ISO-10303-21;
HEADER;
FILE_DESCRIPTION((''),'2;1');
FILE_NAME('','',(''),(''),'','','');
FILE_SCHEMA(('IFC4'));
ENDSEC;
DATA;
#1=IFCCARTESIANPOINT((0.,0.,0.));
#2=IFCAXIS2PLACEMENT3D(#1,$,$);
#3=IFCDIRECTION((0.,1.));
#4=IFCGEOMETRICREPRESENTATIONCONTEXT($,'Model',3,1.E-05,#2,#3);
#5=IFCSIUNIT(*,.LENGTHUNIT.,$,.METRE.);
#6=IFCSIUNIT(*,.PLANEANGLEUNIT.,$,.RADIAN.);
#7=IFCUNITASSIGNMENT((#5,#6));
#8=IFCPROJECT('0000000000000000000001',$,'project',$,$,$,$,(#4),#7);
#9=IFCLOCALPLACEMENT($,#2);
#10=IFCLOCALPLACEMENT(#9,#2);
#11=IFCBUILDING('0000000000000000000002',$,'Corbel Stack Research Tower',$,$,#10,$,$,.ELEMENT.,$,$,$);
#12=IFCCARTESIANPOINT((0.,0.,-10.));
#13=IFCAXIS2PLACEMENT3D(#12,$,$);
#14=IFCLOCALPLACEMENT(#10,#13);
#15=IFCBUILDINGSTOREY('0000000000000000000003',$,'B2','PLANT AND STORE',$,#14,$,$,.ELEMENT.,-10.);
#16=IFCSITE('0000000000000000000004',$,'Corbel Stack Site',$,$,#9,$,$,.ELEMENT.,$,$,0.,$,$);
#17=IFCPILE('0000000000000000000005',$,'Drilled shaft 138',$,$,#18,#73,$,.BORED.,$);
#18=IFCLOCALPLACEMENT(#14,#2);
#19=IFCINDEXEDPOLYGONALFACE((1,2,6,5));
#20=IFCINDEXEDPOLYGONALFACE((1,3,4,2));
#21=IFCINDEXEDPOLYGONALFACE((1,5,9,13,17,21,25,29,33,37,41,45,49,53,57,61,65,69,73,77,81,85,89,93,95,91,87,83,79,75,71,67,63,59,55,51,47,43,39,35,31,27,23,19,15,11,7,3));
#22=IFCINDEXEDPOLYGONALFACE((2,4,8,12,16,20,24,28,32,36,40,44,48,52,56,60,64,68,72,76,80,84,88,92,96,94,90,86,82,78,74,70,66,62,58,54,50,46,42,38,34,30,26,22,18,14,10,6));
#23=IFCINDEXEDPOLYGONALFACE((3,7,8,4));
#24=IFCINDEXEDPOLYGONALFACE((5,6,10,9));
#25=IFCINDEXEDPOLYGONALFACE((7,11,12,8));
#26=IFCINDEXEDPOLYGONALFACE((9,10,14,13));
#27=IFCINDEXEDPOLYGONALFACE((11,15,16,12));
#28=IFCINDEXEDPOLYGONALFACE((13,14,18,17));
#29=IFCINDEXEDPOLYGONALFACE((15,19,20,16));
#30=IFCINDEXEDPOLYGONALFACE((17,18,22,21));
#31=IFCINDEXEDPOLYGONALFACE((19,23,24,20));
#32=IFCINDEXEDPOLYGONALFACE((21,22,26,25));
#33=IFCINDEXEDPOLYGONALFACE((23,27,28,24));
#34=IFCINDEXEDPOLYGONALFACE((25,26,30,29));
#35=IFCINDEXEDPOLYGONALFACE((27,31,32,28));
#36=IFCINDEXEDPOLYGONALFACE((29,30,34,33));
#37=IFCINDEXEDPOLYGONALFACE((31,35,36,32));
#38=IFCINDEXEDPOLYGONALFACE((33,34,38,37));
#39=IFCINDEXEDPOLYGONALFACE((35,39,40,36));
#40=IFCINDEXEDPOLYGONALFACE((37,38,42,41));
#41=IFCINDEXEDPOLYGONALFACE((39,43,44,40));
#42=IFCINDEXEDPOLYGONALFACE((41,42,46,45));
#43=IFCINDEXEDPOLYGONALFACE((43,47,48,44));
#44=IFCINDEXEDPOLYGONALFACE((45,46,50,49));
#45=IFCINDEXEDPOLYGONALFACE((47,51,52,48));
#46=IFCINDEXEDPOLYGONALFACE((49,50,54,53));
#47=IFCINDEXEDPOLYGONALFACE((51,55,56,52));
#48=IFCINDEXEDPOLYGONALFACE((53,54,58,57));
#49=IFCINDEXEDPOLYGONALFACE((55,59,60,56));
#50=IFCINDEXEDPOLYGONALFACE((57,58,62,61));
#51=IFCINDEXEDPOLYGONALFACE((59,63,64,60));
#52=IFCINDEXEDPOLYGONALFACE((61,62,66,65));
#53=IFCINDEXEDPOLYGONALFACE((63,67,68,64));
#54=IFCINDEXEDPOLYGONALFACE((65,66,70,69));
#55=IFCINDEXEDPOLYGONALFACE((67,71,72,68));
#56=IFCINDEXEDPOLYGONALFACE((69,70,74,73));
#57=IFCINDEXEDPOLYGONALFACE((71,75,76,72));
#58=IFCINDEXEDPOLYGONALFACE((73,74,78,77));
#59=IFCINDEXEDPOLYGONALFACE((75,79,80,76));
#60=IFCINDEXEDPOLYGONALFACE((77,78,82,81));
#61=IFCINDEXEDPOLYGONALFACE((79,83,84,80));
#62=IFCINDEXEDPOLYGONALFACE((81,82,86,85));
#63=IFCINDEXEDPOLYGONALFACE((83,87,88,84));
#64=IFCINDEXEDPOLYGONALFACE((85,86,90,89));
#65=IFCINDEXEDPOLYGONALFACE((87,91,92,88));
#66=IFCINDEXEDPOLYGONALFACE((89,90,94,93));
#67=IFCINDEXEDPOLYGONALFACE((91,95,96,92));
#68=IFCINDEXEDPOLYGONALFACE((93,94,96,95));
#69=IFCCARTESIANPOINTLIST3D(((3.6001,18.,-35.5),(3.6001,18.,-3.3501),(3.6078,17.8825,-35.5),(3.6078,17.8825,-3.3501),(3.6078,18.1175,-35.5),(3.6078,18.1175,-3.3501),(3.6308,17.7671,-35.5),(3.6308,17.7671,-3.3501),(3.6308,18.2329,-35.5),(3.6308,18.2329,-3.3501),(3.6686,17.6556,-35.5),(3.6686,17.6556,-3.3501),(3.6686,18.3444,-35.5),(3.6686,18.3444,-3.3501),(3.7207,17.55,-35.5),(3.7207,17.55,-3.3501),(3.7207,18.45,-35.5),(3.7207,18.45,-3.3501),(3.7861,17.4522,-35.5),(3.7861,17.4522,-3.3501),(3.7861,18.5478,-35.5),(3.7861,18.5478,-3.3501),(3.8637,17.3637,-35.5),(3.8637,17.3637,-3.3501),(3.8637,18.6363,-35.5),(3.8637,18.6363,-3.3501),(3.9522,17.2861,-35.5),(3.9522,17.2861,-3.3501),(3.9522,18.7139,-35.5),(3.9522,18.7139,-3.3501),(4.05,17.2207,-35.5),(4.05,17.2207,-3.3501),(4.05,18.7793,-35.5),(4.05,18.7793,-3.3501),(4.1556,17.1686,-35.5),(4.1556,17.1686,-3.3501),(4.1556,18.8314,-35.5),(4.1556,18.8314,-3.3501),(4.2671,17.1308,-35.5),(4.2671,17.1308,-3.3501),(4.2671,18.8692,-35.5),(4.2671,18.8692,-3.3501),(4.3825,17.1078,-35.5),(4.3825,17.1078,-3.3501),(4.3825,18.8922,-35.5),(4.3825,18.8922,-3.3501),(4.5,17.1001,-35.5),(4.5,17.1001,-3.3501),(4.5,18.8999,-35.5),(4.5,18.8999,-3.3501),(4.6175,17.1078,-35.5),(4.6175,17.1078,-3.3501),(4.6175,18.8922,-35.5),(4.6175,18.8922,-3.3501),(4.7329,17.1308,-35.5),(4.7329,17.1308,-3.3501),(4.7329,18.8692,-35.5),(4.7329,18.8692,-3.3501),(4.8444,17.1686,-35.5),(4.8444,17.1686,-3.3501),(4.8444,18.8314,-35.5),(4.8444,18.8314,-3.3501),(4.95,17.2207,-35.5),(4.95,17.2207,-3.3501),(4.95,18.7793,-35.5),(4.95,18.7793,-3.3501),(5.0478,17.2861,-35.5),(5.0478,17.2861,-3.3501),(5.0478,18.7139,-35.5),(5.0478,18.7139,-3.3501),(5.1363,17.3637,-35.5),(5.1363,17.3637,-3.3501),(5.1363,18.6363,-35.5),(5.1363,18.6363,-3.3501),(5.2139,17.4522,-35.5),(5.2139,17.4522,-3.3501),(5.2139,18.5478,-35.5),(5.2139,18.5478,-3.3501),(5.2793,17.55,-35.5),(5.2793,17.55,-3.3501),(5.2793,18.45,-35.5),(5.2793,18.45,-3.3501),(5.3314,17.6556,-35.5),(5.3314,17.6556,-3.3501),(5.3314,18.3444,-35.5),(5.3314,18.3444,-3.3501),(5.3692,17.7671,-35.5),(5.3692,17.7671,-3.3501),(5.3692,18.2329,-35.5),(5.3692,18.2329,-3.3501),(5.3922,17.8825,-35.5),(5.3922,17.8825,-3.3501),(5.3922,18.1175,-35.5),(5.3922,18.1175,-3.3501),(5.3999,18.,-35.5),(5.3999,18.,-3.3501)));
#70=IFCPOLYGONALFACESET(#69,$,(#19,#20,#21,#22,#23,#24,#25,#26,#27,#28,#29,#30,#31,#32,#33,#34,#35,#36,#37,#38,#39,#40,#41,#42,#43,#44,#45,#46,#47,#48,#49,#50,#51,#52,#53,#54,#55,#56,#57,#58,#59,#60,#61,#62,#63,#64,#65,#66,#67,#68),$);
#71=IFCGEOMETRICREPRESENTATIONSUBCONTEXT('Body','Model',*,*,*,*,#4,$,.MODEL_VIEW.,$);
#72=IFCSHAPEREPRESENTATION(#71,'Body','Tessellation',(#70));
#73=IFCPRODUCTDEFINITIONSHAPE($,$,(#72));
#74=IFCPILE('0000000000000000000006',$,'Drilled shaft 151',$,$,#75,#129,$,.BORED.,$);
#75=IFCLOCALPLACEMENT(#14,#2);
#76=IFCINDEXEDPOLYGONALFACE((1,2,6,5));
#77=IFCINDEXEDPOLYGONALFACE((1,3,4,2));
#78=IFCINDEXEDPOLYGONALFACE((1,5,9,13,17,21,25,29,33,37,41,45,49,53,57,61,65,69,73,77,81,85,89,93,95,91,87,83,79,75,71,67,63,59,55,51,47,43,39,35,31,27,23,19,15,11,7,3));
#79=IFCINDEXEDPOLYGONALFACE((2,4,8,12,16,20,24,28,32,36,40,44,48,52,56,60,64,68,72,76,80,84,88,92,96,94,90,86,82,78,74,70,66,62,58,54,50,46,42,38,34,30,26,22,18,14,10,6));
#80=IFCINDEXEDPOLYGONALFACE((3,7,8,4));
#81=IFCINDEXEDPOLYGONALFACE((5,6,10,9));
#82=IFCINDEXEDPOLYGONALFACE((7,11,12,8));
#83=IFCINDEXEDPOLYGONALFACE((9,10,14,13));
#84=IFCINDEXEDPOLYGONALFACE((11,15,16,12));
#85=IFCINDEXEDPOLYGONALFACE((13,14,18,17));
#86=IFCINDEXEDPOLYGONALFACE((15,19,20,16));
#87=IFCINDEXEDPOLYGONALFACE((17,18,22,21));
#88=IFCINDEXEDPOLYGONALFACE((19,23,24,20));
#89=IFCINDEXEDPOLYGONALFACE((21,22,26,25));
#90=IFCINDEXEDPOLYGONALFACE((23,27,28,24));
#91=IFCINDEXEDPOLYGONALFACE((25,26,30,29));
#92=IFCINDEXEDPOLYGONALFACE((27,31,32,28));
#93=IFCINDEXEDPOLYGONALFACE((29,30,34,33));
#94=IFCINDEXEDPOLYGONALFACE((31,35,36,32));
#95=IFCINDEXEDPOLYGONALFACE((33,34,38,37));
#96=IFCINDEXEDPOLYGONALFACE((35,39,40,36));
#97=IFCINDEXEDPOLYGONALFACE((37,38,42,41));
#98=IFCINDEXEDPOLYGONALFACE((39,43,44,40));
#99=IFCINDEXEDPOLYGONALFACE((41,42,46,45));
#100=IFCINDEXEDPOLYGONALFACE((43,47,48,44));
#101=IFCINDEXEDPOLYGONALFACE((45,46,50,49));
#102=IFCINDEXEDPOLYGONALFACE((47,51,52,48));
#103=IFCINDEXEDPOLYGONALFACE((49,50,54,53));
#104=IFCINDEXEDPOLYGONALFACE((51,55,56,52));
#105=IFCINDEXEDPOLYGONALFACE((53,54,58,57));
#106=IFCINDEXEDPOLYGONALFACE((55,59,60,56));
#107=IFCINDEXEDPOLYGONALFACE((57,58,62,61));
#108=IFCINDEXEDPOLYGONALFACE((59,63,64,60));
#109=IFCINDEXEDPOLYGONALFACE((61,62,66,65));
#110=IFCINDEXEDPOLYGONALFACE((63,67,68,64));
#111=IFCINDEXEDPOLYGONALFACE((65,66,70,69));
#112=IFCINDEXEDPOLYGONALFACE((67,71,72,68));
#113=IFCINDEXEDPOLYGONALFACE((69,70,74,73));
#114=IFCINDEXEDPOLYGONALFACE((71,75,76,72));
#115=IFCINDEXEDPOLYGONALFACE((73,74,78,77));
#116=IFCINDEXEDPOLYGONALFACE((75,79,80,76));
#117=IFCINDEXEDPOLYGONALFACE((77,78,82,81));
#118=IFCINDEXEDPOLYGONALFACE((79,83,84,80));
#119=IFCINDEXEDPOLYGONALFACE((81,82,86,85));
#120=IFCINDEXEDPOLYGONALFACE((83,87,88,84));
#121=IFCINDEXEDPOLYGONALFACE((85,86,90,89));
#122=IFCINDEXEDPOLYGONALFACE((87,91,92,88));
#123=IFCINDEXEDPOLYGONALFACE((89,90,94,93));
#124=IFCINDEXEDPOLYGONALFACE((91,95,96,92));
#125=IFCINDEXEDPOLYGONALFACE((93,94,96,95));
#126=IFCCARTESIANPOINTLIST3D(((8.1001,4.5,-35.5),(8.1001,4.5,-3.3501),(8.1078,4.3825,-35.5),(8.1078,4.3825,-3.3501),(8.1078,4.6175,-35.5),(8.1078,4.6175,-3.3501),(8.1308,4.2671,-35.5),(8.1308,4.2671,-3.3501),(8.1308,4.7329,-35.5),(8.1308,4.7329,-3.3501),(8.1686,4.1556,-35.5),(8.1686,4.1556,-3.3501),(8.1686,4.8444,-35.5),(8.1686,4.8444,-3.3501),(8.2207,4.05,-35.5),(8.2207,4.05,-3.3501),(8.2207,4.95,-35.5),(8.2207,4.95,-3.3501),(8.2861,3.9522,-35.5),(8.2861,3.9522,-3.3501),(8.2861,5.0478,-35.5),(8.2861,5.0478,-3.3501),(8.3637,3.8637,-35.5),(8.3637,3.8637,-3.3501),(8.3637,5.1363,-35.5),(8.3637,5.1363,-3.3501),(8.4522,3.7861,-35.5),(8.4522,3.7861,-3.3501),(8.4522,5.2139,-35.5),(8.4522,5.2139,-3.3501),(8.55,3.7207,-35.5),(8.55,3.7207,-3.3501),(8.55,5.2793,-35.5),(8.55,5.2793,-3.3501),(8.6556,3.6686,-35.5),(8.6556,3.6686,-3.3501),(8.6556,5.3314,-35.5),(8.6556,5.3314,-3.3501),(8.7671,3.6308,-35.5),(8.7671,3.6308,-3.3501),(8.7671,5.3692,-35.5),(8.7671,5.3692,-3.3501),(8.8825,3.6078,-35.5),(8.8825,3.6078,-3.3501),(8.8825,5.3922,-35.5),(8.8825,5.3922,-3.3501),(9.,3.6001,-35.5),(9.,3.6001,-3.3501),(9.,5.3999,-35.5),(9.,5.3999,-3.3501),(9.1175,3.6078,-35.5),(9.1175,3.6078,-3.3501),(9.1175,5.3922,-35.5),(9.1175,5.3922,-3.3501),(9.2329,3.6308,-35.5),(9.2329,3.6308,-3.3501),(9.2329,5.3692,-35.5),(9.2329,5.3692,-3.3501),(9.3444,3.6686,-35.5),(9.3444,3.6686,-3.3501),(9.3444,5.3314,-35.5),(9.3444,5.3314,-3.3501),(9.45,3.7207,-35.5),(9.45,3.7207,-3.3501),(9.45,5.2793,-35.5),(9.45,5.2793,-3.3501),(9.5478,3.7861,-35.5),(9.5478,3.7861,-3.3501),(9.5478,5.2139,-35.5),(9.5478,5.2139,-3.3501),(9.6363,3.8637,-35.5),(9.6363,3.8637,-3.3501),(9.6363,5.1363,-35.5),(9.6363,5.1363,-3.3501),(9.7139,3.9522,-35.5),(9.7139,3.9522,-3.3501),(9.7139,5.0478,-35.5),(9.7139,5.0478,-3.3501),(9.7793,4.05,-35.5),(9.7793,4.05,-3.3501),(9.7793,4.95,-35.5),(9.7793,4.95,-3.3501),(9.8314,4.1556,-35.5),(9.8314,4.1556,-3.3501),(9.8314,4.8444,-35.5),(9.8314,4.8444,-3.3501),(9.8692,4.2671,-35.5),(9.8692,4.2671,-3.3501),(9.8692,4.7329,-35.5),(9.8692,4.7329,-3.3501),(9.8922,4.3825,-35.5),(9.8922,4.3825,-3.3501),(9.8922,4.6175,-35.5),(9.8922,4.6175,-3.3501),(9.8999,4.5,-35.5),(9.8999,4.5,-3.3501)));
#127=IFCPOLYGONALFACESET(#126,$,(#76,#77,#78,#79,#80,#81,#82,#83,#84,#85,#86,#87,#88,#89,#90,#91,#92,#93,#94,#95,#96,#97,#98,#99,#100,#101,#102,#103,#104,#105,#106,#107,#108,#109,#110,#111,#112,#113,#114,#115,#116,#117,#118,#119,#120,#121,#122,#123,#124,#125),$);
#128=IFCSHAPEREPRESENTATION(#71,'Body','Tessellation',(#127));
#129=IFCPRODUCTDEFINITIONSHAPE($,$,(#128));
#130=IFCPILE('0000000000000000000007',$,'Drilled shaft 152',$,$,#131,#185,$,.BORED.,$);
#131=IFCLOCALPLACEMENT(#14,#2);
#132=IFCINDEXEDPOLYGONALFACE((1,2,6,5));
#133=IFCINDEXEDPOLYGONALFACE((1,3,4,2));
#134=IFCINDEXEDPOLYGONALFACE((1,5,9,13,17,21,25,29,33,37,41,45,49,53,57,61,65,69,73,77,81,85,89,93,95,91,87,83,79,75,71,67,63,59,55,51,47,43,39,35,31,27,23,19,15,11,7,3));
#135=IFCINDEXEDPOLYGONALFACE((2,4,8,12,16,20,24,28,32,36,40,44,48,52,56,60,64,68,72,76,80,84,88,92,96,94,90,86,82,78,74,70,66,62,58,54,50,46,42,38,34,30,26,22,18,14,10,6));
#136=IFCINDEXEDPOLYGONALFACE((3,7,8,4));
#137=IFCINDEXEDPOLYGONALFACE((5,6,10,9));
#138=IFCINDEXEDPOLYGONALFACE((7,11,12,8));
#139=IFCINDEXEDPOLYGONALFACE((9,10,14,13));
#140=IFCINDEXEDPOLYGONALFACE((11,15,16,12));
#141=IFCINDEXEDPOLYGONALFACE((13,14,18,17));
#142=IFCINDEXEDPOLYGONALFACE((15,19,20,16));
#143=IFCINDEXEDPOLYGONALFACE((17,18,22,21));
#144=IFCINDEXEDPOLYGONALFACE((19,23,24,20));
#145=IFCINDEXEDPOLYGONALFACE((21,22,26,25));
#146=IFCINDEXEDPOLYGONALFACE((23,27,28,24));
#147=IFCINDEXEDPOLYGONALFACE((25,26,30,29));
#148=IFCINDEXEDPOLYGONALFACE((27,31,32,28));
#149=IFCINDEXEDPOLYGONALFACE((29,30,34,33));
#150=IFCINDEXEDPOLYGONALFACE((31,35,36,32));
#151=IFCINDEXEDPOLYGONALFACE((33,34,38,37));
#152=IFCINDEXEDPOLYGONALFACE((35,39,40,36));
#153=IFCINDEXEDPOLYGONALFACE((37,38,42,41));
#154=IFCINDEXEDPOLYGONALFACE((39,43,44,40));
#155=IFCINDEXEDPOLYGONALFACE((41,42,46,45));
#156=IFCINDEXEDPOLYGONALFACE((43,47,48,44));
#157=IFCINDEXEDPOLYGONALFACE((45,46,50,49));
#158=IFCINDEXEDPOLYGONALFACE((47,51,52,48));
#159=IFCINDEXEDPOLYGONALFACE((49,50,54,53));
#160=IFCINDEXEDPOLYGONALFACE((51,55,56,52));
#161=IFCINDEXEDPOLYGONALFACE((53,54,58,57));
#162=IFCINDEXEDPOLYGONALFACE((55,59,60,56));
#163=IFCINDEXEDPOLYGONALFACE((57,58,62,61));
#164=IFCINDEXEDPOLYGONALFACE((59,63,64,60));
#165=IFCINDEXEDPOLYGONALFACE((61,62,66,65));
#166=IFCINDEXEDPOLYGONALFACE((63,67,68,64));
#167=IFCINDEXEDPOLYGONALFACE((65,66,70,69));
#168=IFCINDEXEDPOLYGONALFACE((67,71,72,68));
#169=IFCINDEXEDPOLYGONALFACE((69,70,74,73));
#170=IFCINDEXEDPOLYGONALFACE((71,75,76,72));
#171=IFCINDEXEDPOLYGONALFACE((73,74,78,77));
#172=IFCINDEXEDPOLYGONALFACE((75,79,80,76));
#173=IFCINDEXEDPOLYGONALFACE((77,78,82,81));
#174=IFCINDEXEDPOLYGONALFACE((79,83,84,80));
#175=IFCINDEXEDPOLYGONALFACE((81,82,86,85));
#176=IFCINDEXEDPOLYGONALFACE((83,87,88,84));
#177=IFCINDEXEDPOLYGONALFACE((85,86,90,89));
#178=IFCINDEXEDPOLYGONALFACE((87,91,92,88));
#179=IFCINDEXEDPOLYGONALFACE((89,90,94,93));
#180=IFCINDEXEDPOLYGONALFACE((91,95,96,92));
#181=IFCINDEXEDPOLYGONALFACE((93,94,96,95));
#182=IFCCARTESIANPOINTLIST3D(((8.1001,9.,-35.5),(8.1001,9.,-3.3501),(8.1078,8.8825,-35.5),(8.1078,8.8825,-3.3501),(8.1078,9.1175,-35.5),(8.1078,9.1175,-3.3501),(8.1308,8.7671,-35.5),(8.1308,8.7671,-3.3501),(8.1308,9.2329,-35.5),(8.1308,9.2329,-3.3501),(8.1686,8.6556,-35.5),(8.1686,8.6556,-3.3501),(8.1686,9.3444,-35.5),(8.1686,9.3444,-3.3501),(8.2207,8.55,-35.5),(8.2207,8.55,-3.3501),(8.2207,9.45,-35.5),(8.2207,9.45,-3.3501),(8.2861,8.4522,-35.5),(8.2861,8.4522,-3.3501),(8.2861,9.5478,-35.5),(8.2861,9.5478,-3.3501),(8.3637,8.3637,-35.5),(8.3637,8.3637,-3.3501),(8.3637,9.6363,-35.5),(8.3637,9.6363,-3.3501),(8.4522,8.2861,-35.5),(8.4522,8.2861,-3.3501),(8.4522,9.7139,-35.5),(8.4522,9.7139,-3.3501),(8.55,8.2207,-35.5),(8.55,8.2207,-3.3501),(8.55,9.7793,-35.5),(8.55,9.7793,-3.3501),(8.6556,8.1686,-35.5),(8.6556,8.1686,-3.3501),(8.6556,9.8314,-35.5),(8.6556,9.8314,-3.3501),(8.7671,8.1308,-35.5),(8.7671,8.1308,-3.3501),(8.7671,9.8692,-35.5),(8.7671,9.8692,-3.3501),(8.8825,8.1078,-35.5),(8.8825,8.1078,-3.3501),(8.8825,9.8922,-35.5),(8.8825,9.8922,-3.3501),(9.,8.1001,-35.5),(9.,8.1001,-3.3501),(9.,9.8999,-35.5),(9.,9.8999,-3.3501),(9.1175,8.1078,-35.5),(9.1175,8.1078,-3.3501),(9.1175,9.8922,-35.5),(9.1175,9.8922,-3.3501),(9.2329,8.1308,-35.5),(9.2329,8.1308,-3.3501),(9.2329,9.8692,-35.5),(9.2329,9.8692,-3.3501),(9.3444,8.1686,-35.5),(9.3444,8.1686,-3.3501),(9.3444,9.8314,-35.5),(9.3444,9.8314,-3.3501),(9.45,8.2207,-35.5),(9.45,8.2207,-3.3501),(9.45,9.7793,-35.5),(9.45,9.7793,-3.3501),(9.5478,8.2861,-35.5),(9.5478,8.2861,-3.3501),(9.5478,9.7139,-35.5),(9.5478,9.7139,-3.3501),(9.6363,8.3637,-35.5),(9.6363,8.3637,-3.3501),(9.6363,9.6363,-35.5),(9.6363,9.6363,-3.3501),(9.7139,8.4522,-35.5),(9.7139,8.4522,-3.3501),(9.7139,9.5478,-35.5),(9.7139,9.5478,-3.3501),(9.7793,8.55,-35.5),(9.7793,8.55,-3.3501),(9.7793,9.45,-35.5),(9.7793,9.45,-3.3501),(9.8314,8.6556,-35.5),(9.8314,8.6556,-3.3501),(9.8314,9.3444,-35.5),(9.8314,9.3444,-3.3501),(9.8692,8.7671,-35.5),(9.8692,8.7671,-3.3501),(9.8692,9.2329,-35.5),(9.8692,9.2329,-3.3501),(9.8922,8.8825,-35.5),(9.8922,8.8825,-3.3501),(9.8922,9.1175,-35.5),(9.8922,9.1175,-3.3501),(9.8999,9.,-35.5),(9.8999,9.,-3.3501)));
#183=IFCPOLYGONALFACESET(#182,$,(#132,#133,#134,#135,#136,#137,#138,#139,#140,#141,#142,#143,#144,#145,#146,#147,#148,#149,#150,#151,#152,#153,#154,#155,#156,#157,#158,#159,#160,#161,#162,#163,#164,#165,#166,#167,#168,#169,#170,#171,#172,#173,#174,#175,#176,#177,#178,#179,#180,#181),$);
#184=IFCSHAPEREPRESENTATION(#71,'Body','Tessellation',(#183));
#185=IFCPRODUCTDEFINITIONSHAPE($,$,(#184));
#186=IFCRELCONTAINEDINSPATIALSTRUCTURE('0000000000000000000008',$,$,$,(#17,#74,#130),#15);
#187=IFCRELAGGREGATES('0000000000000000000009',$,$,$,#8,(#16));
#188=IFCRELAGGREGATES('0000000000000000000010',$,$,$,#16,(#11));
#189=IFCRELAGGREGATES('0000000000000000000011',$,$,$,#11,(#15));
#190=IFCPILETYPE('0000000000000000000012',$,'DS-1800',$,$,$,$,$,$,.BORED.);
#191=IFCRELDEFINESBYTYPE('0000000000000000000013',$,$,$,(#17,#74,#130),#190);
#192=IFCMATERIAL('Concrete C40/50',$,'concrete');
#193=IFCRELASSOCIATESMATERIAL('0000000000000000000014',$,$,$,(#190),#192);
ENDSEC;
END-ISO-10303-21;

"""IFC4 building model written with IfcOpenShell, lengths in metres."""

from ifc_helpers import new_model, si_unit, direction, frame, origin, origin_2d, place, context, subcontext, project, spatial, circle, extrude, material, material_profile, profile_set, type_object, element, save


model = new_model("IFC4")

# Units and contexts
model_context = context("Model", 3, precision=1e-05, world=origin(), true_north=direction((0.0, 1.0)))
body_context = subcontext(model_context, "Body", "Model", "MODEL_VIEW")
ifc_project = project(units=[si_unit("LENGTHUNIT", "METRE"), si_unit("PLANEANGLEUNIT", "RADIAN")], contexts=[model_context])

# Site, building, storey
site_placement = place(None, origin())
site = spatial("IfcSite", under=ifc_project, at=site_placement, Name="Corbel Stack Site", CompositionType="ELEMENT", RefElevation=0.0)
building_placement = place(site_placement, origin())
building = spatial("IfcBuilding", under=site, at=building_placement, Name="Corbel Stack Research Tower", CompositionType="ELEMENT")
storey_placement = place(building_placement, frame((0.0, 0.0, -10.0)))
storey = spatial("IfcBuildingStorey", under=building, at=storey_placement, Name="B2", Description="PLANT AND STORE", CompositionType="ELEMENT", Elevation=-10.0)

# Piles
ifc_material_1 = material(Name="Concrete C40/50", Category="concrete")
ifc_material_profile = material_profile(ifc_material_1, circle(Radius=0.8999, at=origin_2d()), Name="Shaft 1800")
ifc_profile_set = profile_set([ifc_material_profile], Name="Concrete C40/50")
pile_type = type_object("IfcPileType", Name="DS-1800", PredefinedType="BORED", material=ifc_profile_set)
for number, where, z_axis, x_axis, name in (
    (1, (4.5, 18.0, -3.3501), (0.0, 0.0, -1.0), (1.0, 0.0, 0.0), "Drilled shaft 138"),
    (2, (9.0, 4.5, -3.3501), (0.0, 0.0, -1.0), (1.0, 0.0, 0.0), "Drilled shaft 151"),
    (3, (9.0, 9.0, -3.3501), (0.0, 0.0, -1.0), (1.0, 0.0, 0.0), "Drilled shaft 152"),
):
    element("IfcPile", number, at=place(storey_placement, frame(where, z_axis=z_axis, x_axis=x_axis)), inside=storey, type_object=pile_type, Name=name, PredefinedType="BORED", context=body_context, shape_type="SweptSolid", body=[
        extrude(circle(Radius=0.8999, at=origin_2d()), origin(), (0.0, 0.0, 1.0), 32.1499),
    ])

save(model, "model.ifc")
